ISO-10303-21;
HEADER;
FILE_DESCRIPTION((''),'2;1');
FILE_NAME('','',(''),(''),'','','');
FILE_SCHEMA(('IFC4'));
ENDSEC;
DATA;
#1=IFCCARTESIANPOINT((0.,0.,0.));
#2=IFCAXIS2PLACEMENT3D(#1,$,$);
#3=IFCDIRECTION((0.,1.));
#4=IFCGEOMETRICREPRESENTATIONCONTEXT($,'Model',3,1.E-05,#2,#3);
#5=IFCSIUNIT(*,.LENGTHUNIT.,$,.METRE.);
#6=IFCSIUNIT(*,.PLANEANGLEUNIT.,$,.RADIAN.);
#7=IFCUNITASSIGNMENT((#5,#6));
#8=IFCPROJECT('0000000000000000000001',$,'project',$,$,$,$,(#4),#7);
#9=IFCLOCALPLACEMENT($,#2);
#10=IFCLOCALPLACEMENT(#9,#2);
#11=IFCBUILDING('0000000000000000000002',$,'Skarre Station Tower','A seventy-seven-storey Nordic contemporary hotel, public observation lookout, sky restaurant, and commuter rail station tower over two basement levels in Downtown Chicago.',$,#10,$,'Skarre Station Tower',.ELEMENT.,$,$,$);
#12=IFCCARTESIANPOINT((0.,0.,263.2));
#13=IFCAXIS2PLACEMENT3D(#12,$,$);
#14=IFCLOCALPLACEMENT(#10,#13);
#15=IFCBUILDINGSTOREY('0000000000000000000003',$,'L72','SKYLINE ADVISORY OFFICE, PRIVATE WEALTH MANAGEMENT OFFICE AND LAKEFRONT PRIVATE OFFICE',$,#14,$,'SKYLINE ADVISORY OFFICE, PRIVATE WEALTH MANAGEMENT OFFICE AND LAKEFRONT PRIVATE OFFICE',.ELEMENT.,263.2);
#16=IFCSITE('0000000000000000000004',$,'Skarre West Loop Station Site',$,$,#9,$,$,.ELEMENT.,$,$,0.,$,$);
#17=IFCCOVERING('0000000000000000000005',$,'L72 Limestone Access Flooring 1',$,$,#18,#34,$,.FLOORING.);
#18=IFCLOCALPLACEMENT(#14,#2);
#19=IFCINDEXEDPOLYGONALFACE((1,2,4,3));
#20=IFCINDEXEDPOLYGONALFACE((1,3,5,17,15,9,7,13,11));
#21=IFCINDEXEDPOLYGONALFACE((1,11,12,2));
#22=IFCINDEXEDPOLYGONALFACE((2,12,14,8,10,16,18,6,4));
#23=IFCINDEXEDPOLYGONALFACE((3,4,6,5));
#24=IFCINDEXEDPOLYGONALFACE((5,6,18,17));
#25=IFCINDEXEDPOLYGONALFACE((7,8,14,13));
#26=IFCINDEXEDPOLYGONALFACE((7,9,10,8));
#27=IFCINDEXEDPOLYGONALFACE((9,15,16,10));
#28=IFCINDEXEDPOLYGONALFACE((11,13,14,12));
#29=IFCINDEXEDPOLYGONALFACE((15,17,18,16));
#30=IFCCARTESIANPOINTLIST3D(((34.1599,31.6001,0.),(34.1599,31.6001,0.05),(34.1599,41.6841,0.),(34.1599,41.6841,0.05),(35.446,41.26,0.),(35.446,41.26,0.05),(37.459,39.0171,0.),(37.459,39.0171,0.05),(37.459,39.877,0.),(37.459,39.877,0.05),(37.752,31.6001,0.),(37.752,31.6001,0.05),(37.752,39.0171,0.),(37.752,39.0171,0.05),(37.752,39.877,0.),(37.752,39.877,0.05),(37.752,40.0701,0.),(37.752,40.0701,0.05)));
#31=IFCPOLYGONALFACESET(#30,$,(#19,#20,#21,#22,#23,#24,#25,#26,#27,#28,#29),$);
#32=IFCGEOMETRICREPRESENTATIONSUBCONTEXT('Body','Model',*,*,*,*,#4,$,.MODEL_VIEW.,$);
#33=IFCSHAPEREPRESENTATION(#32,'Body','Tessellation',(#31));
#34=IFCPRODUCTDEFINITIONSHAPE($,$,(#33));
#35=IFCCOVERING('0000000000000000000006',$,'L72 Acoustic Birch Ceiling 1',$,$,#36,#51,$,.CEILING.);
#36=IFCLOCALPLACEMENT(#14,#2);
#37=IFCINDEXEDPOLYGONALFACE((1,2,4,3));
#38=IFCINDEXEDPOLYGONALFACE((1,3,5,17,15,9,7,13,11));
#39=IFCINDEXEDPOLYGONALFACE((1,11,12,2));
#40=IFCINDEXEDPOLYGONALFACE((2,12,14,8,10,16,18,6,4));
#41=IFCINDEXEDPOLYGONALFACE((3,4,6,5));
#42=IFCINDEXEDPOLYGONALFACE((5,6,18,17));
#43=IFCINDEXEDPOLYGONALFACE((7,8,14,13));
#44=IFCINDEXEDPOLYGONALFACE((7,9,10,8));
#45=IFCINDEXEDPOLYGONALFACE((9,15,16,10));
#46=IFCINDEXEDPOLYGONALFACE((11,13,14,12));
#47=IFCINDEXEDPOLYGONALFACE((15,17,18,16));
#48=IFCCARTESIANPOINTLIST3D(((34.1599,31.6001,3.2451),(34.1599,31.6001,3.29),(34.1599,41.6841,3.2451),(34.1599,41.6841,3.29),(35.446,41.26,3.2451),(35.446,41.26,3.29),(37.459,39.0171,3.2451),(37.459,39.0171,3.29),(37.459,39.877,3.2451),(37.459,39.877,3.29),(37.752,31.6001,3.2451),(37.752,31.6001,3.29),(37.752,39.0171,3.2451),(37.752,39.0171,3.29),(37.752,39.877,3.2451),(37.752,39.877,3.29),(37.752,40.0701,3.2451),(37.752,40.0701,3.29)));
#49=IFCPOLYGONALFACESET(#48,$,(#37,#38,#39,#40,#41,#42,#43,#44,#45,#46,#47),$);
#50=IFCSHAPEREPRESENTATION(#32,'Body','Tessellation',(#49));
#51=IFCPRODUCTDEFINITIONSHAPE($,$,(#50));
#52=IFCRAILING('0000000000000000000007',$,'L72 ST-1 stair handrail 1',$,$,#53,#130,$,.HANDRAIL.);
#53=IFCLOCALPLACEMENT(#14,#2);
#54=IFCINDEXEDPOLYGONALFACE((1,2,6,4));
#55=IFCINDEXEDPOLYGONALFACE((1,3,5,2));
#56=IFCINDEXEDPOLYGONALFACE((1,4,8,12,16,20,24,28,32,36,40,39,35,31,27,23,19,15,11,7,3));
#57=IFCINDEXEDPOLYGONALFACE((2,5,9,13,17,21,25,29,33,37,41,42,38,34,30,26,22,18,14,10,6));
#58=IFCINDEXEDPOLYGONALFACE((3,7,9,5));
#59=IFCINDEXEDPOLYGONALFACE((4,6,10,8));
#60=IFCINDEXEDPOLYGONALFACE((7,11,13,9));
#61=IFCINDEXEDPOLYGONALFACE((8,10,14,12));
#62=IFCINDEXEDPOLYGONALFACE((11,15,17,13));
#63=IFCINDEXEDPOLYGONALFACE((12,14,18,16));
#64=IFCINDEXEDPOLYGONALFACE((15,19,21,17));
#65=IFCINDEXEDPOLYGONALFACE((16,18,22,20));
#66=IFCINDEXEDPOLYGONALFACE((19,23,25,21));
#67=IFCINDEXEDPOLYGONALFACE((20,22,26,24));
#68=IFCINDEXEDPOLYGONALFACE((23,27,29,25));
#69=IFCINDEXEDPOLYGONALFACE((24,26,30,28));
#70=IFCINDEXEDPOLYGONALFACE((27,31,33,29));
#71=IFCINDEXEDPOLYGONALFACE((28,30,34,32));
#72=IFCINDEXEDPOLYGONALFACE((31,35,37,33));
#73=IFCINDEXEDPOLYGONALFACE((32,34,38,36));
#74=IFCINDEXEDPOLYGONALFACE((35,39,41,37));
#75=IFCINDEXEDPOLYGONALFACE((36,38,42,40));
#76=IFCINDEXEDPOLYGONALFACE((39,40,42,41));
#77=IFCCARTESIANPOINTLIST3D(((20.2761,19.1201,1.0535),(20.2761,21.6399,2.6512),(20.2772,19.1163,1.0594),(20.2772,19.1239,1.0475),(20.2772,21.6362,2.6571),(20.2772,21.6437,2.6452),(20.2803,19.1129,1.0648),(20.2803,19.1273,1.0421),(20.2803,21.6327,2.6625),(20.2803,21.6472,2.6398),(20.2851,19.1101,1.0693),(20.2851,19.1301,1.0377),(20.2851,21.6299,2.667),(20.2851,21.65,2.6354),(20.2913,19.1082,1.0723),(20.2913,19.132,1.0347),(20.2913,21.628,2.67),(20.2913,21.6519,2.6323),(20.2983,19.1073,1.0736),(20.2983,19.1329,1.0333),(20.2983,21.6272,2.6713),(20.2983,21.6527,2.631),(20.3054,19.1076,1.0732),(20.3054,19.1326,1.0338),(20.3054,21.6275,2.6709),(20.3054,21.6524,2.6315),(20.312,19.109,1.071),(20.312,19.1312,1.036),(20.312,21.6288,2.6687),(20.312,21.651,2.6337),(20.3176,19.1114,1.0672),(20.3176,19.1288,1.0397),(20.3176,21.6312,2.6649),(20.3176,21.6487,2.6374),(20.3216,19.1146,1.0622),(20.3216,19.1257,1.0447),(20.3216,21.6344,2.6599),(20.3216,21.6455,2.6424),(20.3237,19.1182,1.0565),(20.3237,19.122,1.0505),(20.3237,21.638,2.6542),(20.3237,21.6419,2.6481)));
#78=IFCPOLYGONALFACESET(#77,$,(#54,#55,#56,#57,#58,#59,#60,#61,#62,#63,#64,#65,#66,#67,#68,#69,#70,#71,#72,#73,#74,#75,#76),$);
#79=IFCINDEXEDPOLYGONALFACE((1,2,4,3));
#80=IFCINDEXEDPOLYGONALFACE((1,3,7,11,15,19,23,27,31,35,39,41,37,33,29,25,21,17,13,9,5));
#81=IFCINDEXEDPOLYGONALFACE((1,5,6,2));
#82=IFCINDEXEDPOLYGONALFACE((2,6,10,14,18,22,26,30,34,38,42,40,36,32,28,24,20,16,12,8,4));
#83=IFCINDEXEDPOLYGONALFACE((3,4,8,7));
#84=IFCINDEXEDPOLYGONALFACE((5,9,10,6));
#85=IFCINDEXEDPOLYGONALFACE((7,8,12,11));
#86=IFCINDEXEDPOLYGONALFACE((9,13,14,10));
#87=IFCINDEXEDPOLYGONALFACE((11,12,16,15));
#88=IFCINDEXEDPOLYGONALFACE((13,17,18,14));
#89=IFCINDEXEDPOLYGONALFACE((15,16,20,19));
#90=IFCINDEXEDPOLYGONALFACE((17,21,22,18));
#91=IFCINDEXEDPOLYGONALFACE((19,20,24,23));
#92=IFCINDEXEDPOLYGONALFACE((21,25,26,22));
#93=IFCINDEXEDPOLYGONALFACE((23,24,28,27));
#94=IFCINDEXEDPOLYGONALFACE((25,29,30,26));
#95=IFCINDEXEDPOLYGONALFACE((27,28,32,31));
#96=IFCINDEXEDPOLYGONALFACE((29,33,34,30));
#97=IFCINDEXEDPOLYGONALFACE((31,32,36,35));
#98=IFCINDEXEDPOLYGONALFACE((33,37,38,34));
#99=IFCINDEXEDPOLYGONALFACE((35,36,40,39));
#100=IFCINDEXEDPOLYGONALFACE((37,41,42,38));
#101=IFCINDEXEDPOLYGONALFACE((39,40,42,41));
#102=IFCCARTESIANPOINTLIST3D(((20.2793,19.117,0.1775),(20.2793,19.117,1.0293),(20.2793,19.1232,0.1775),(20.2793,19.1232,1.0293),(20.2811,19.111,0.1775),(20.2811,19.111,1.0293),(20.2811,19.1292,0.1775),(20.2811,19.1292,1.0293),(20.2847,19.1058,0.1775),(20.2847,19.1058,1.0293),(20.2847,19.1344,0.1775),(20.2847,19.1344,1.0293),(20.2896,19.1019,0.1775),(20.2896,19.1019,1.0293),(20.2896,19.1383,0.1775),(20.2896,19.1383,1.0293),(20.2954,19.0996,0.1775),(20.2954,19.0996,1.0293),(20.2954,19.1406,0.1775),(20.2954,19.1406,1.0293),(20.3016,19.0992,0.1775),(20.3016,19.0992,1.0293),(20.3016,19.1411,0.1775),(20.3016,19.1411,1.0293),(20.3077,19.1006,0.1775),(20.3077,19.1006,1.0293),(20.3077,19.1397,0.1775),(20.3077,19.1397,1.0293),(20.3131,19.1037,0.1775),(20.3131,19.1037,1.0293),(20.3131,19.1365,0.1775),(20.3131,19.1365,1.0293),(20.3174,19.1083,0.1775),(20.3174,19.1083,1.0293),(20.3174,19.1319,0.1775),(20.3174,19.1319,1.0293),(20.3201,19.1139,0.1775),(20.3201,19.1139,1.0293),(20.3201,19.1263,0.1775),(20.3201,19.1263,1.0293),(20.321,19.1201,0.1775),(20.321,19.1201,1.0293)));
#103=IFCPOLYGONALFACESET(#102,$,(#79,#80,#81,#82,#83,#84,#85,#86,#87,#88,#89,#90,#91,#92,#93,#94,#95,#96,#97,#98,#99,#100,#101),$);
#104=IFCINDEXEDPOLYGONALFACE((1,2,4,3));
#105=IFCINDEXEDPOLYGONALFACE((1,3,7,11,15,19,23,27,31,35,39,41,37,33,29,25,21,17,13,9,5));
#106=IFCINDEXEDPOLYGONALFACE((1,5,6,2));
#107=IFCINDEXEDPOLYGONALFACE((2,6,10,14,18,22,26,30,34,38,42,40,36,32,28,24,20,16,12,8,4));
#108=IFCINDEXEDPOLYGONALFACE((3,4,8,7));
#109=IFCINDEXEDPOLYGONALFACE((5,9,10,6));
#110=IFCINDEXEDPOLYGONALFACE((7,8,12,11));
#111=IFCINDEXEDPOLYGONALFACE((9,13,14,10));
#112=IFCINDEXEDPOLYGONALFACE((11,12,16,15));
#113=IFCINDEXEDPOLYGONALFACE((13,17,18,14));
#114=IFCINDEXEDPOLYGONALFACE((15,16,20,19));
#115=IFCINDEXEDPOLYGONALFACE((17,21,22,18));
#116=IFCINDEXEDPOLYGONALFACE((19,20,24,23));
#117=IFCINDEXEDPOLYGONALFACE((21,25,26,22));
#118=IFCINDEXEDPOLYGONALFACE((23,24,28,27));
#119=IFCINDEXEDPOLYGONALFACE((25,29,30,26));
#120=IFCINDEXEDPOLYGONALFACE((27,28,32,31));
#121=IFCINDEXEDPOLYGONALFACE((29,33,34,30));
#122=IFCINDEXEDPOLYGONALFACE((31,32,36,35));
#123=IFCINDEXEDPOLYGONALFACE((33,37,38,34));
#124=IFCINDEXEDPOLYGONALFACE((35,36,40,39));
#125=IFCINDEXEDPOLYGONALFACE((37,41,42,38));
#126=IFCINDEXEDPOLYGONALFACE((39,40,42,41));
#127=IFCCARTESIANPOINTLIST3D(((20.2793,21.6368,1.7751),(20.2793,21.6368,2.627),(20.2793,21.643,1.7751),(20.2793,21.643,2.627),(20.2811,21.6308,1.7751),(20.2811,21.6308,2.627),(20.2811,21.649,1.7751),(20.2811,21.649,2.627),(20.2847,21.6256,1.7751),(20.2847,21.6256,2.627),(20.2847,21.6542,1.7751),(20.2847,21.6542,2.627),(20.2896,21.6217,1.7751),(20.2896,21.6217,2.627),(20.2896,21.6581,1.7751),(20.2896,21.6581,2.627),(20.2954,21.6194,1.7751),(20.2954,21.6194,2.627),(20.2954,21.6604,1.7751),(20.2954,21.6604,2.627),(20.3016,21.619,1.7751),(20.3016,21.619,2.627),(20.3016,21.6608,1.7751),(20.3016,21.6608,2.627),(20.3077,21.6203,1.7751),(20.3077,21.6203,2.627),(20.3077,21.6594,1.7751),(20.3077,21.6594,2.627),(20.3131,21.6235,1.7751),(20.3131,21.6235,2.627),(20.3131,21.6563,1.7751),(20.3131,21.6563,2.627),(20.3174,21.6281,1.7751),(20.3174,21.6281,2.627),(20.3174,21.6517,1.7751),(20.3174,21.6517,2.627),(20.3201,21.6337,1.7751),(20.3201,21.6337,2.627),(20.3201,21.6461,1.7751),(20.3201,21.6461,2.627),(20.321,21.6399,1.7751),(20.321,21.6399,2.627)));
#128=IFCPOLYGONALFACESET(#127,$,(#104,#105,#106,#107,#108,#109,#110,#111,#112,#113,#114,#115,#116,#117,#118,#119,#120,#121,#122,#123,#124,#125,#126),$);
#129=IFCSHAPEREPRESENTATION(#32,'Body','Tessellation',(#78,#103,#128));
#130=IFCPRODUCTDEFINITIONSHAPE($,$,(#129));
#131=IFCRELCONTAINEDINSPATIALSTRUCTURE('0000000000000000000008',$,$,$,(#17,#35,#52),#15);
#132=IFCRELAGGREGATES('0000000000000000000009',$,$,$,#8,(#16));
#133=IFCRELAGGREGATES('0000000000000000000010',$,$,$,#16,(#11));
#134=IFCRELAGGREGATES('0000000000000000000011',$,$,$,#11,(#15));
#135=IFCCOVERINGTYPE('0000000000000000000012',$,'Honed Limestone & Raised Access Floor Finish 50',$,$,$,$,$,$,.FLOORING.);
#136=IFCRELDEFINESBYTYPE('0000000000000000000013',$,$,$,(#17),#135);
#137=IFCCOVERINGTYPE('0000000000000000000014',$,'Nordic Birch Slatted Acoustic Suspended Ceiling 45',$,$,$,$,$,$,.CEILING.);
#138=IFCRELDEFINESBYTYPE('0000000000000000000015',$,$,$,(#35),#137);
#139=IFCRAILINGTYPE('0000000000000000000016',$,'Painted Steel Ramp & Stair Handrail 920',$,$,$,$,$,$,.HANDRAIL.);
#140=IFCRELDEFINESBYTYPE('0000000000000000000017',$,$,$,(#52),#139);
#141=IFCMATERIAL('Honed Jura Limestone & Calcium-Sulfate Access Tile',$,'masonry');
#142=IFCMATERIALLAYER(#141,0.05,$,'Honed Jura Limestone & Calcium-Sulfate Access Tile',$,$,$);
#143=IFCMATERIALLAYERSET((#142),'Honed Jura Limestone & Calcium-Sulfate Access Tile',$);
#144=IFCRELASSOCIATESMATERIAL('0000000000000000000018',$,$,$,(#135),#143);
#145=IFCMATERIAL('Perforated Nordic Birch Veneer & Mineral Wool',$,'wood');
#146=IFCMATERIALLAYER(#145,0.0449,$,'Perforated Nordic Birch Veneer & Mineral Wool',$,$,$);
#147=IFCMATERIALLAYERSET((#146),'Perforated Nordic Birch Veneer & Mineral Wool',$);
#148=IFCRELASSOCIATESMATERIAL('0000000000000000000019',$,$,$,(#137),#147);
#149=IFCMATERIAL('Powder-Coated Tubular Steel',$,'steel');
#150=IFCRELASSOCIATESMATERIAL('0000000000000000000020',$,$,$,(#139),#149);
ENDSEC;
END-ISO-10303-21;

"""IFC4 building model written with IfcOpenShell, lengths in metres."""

from ifc_helpers import new_model, si_unit, direction, frame, origin, origin_2d, place, context, subcontext, project, spatial, polyline, circle, outline, extrude, material, layer, layer_set, type_object, element, save


model = new_model("IFC4")

# Units and contexts
model_context = context("Model", 3, precision=1e-05, world=origin(), true_north=direction((0.0, 1.0)))
body_context = subcontext(model_context, "Body", "Model", "MODEL_VIEW")
ifc_project = project(units=[si_unit("LENGTHUNIT", "METRE"), si_unit("PLANEANGLEUNIT", "RADIAN")], contexts=[model_context])

# Site, building, storey
site_placement = place(None, origin())
site = spatial("IfcSite", under=ifc_project, at=site_placement, Name="Skarre West Loop Station Site", CompositionType="ELEMENT", RefElevation=0.0)
building_placement = place(site_placement, origin())
building = spatial("IfcBuilding", under=site, at=building_placement, Name="Skarre Station Tower", Description="A seventy-seven-storey Nordic contemporary hotel, public observation lookout, sky restaurant, and commuter rail station tower over two basement levels in Downtown Chicago.", LongName="Skarre Station Tower", CompositionType="ELEMENT")
storey_placement = place(building_placement, frame((0.0, 0.0, 263.2)))
storey = spatial("IfcBuildingStorey", under=building, at=storey_placement, Name="L72", Description="SKYLINE ADVISORY OFFICE, PRIVATE WEALTH MANAGEMENT OFFICE AND LAKEFRONT PRIVATE OFFICE", LongName="SKYLINE ADVISORY OFFICE, PRIVATE WEALTH MANAGEMENT OFFICE AND LAKEFRONT PRIVATE OFFICE", CompositionType="ELEMENT", Elevation=263.2)

# Coverings
ifc_material_1 = material(Name="Honed Jura Limestone & Calcium-Sulfate Access Tile", Category="masonry")
ifc_layer_1 = layer(ifc_material_1, 0.05, Name="Honed Jura Limestone & Calcium-Sulfate Access Tile")
ifc_layer_set_1 = layer_set([ifc_layer_1], Name="Honed Jura Limestone & Calcium-Sulfate Access Tile")
covering_type_1 = type_object("IfcCoveringType", Name="Honed Limestone & Raised Access Floor Finish 50", PredefinedType="FLOORING", material=ifc_layer_set_1)
covering_1_placement = place(storey_placement, origin())
element("IfcCovering", 1, at=covering_1_placement, inside=storey, type_object=covering_type_1, Name="L72 Limestone Access Flooring 1", PredefinedType="FLOORING", context=body_context, shape_type="SweptSolid", body=[
    extrude(outline(polyline([(34.1599, 41.6841), (34.1599, 31.6001), (37.752, 31.6001), (37.752, 39.0171), (37.459, 39.0171), (37.459, 39.877), (37.752, 39.877), (37.752, 40.0701), (35.446, 41.26), (34.1599, 41.6841)])), origin(), (0.0, 0.0, 1.0), 0.05),
])
ifc_material_2 = material(Name="Perforated Nordic Birch Veneer & Mineral Wool", Category="wood")
ifc_layer_2 = layer(ifc_material_2, 0.0449, Name="Perforated Nordic Birch Veneer & Mineral Wool")
ifc_layer_set_2 = layer_set([ifc_layer_2], Name="Perforated Nordic Birch Veneer & Mineral Wool")
covering_type_2 = type_object("IfcCoveringType", Name="Nordic Birch Slatted Acoustic Suspended Ceiling 45", PredefinedType="CEILING", material=ifc_layer_set_2)
covering_2_placement = place(storey_placement, frame((0.0, 0.0, 3.2451)))
element("IfcCovering", 2, at=covering_2_placement, inside=storey, type_object=covering_type_2, Name="L72 Acoustic Birch Ceiling 1", PredefinedType="CEILING", context=body_context, shape_type="SweptSolid", body=[
    extrude(outline(polyline([(34.1599, 41.6841), (34.1599, 31.6001), (37.752, 31.6001), (37.752, 39.0171), (37.459, 39.0171), (37.459, 39.877), (37.752, 39.877), (37.752, 40.0701), (35.446, 41.26), (34.1599, 41.6841)])), origin(), (0.0, 0.0, 1.0), 0.0449),
])

# Railing
ifc_material_3 = material(Name="Powder-Coated Tubular Steel", Category="steel")
railing_type_1 = type_object("IfcRailingType", Name="Painted Steel Ramp & Stair Handrail 920", PredefinedType="HANDRAIL", material=ifc_material_3)
railing_1_placement = place(storey_placement, frame((20.3, 19.1201, 0.1775)))
element("IfcRailing", 3, at=railing_1_placement, inside=storey, type_object=railing_type_1, Name="L72 ST-1 stair handrail 1", PredefinedType="HANDRAIL", context=body_context, shape_type="SweptSolid", body=[
    extrude(circle(Radius=0.0239, at=origin_2d()), frame((0.0, 0.0, 0.876), z_axis=(0.0, 0.844546, 0.535482), x_axis=(-1.0, 0.0, 0.0)), (0.0, 0.0, 1.0), 2.9836),
    extrude(circle(Radius=0.021, at=origin_2d()), origin(), (0.0, 0.0, 1.0), 0.8518),
    extrude(circle(Radius=0.021, at=origin_2d()), frame((0.0, 2.5198, 1.5977)), (0.0, 0.0, 1.0), 0.8518),
])

save(model, "model.ifc")
